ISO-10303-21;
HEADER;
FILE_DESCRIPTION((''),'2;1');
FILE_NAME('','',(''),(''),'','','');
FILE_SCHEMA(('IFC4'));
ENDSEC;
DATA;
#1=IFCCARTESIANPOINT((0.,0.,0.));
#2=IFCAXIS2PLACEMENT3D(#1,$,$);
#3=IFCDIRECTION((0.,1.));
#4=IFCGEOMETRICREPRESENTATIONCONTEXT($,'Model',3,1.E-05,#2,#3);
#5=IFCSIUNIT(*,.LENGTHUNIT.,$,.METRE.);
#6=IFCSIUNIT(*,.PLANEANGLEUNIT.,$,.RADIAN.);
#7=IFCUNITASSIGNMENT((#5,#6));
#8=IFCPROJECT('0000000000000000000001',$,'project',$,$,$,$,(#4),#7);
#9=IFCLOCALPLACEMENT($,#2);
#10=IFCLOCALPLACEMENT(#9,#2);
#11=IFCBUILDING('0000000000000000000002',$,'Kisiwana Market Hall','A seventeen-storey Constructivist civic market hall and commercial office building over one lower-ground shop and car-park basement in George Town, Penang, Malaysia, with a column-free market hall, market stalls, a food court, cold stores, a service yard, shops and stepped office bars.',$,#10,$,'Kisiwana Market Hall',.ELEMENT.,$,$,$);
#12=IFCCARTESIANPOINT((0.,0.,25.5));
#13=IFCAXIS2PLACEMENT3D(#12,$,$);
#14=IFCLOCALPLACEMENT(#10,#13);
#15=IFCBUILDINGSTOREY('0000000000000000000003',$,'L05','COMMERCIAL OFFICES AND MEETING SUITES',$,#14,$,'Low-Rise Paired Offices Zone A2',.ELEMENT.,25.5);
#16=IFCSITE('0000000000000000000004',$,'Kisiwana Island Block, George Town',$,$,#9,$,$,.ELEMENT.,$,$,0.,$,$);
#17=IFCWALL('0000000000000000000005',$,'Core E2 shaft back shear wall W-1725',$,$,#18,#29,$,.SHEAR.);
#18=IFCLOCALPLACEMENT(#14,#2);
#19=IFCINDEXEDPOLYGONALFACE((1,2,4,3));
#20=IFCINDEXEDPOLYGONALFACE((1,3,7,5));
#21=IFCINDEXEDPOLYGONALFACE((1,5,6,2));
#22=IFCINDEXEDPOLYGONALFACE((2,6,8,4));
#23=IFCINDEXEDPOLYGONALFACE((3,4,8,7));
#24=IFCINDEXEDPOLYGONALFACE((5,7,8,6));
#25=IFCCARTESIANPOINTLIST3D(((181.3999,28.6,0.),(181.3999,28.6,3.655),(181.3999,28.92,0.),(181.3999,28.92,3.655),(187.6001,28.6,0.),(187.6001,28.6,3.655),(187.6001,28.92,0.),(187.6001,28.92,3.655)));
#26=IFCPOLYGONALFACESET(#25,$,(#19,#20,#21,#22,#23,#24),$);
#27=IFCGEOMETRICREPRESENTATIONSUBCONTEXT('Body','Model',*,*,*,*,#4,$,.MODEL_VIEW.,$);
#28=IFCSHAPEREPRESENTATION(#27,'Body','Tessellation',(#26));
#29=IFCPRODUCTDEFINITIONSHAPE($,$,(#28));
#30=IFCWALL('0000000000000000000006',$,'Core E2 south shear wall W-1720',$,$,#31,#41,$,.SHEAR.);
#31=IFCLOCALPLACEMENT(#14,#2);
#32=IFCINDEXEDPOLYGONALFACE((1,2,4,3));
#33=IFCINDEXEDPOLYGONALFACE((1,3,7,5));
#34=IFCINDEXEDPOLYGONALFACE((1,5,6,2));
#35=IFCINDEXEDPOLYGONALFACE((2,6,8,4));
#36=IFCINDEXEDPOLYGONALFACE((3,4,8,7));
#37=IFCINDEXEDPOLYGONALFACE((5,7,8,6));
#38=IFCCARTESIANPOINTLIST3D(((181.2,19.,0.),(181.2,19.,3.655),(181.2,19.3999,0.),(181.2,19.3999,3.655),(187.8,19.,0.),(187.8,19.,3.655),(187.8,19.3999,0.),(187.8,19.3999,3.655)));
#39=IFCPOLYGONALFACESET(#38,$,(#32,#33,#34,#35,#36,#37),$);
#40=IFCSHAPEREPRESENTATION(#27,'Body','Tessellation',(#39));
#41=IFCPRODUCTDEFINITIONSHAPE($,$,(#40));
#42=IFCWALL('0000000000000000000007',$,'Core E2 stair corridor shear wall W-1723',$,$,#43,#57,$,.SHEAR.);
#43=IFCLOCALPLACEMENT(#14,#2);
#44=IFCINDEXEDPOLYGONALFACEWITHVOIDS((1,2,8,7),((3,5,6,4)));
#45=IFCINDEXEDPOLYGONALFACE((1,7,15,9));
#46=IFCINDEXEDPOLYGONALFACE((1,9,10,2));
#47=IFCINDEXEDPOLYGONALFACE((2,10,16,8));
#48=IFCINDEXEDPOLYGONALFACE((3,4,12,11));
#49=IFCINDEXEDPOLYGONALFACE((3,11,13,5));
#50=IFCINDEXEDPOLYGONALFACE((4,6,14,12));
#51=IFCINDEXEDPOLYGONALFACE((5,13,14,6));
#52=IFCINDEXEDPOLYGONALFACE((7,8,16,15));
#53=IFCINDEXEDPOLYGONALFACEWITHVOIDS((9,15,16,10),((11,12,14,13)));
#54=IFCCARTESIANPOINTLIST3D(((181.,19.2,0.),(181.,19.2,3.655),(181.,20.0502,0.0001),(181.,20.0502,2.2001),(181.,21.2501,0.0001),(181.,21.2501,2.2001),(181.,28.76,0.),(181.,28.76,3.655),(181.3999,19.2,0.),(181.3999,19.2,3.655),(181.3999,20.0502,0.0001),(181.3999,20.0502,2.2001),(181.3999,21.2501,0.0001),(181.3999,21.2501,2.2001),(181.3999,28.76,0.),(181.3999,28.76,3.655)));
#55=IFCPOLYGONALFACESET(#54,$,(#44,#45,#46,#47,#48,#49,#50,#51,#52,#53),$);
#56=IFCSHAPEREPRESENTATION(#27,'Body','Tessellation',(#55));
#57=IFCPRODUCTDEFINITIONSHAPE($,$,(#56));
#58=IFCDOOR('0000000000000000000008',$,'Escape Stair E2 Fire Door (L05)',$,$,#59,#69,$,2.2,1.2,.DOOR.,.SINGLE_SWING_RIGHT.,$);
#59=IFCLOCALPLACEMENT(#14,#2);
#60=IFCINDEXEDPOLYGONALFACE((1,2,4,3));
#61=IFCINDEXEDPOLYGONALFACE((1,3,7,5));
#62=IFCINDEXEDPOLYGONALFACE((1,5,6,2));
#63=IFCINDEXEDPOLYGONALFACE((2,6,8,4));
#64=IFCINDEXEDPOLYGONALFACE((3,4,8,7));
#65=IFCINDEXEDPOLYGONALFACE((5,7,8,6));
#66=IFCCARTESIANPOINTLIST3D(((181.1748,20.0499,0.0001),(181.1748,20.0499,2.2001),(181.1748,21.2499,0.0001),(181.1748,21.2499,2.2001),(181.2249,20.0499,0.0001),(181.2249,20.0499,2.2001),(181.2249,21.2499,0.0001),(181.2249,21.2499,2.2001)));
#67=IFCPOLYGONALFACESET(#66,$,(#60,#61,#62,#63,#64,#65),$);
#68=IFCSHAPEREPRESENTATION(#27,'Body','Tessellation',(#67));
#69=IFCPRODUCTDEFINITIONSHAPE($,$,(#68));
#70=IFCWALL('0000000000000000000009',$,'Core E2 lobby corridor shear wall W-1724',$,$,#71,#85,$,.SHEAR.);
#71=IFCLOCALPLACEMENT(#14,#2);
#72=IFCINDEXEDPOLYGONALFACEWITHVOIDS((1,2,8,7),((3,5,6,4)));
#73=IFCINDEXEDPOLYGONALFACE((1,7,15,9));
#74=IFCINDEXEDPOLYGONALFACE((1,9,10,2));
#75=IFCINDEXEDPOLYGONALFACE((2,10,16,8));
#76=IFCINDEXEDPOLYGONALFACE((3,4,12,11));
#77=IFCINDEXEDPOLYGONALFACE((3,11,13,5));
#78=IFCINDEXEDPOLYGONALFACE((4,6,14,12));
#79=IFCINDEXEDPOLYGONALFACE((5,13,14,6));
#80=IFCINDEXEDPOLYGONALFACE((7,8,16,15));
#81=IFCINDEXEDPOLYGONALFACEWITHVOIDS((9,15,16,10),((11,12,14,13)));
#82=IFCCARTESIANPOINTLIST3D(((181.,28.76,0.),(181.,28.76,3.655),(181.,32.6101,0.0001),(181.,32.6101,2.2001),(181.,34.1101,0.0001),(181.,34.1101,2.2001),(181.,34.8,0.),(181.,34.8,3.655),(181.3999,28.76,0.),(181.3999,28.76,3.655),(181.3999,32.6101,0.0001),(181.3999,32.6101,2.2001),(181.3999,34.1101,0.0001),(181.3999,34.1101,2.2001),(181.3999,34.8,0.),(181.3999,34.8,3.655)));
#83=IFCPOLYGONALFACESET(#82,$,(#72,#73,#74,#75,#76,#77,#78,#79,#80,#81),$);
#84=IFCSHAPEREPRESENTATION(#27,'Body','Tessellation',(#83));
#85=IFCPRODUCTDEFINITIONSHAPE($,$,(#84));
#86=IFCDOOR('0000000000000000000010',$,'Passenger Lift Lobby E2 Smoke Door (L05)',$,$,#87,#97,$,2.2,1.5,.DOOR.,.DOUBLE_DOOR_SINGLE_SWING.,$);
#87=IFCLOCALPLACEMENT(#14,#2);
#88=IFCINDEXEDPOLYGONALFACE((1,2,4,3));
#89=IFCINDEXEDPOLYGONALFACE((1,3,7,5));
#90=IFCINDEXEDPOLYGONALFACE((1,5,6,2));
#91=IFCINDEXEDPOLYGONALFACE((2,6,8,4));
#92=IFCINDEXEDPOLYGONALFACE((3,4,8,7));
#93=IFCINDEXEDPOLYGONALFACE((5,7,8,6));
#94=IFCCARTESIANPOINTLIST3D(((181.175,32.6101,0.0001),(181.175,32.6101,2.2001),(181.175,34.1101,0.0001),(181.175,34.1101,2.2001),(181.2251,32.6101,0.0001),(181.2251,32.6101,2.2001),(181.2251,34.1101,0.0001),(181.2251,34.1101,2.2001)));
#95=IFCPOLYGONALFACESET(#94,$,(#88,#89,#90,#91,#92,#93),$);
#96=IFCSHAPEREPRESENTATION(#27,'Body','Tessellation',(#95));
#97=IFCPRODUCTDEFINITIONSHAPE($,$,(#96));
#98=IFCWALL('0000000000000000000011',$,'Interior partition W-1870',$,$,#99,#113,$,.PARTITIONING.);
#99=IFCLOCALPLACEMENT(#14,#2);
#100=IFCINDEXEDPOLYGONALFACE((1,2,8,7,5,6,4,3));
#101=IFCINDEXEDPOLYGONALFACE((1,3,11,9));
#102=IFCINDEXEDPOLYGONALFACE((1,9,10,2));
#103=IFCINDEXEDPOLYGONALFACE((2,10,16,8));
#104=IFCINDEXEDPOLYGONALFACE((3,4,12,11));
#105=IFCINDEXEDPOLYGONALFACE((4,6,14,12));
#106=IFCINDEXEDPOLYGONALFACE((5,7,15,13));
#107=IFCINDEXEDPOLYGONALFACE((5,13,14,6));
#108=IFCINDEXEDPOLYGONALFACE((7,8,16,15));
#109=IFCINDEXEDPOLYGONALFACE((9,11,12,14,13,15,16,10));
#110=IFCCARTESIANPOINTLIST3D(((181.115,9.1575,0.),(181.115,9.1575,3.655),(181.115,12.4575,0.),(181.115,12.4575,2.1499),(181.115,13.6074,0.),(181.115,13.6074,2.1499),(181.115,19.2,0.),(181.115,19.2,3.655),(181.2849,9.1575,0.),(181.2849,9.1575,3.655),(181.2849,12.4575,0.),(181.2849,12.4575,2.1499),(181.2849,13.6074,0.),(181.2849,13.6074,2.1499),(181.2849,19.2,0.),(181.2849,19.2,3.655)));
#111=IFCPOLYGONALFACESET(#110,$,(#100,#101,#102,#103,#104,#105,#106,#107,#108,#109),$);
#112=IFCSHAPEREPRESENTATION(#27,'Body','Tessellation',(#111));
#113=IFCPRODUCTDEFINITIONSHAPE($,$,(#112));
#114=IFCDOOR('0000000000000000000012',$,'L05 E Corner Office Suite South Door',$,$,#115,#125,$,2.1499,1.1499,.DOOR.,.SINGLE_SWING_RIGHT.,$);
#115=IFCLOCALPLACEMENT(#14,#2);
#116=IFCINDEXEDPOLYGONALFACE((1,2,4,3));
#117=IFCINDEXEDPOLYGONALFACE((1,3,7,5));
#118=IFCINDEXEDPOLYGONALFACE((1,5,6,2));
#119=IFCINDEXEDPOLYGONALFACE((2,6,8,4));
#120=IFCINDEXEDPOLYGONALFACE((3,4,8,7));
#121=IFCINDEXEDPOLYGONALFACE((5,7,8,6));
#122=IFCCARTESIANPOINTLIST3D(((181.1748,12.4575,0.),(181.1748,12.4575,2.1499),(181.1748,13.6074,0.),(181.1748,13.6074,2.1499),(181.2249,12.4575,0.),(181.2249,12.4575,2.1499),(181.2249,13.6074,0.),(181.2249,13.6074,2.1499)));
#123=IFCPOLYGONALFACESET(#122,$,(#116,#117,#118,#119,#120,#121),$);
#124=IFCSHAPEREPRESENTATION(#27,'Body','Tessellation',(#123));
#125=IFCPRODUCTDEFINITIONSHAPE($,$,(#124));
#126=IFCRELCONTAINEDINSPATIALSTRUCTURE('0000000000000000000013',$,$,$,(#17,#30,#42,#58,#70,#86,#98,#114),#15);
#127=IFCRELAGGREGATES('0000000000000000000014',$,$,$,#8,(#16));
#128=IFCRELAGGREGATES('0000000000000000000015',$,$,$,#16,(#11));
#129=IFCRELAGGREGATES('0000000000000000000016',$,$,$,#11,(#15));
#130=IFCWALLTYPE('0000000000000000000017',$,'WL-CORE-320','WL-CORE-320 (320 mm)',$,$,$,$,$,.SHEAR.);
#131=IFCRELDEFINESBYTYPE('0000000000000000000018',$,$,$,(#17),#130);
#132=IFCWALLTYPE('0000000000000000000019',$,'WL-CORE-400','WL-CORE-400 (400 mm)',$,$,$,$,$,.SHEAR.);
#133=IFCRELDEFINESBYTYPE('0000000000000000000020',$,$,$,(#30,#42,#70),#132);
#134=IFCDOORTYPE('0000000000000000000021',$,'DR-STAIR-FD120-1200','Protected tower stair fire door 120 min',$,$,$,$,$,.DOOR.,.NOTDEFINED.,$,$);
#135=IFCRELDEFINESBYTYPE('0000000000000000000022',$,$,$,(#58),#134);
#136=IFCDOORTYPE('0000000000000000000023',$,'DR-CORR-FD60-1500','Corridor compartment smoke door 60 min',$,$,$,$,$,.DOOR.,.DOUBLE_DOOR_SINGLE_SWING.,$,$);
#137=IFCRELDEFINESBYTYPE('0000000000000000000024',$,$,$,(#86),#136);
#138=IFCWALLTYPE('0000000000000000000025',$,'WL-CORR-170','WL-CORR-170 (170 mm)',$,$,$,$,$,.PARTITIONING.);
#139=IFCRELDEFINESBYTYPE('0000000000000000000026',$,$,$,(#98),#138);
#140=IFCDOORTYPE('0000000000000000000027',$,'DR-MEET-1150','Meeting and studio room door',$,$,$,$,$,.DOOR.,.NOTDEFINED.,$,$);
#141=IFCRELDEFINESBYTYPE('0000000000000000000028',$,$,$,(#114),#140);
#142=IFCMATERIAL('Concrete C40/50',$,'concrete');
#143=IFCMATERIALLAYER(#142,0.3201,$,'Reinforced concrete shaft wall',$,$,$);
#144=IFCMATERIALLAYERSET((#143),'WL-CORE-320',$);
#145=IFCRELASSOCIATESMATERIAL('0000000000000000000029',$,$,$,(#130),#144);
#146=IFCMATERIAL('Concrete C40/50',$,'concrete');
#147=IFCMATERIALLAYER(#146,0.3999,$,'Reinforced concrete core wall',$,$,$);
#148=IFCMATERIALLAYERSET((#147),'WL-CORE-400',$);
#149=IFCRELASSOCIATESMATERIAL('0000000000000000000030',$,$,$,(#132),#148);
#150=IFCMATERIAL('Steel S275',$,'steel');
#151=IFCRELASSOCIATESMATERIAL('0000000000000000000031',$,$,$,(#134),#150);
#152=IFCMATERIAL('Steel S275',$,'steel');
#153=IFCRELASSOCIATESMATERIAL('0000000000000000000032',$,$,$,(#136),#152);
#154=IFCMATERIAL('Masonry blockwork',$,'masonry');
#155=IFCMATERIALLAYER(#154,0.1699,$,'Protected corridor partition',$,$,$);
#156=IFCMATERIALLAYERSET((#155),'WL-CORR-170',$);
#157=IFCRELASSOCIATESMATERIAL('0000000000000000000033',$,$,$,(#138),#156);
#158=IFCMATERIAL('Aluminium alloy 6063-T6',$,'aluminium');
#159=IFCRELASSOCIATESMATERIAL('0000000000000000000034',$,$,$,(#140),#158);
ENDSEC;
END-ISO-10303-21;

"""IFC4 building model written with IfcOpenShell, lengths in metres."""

from ifc_helpers import new_model, si_unit, direction, frame, frame_2d, origin, place, context, subcontext, project, spatial, rectangle, extrude, material, layer, layer_set, type_object, element, fill, save


model = new_model("IFC4")

# Units and contexts
model_context = context("Model", 3, precision=1e-05, world=origin(), true_north=direction((0.0, 1.0)))
body_context = subcontext(model_context, "Body", "Model", "MODEL_VIEW")
ifc_project = project(units=[si_unit("LENGTHUNIT", "METRE"), si_unit("PLANEANGLEUNIT", "RADIAN")], contexts=[model_context])

# Site, building, storey
site_placement = place(None, origin())
site = spatial("IfcSite", under=ifc_project, at=site_placement, Name="Kisiwana Island Block, George Town", CompositionType="ELEMENT", RefElevation=0.0)
building_placement = place(site_placement, origin())
building = spatial("IfcBuilding", under=site, at=building_placement, Name="Kisiwana Market Hall", Description="A seventeen-storey Constructivist civic market hall and commercial office building over one lower-ground shop and car-park basement in George Town, Penang, Malaysia, with a column-free market hall, market stalls, a food court, cold stores, a service yard, shops and stepped office bars.", LongName="Kisiwana Market Hall", CompositionType="ELEMENT")
storey_placement = place(building_placement, frame((0.0, 0.0, 25.5)))
storey = spatial("IfcBuildingStorey", under=building, at=storey_placement, Name="L05", Description="COMMERCIAL OFFICES AND MEETING SUITES", LongName="Low-Rise Paired Offices Zone A2", CompositionType="ELEMENT", Elevation=25.5)

# Walls
ifc_material_1 = material(Name="Concrete C40/50", Category="concrete")
ifc_layer_1 = layer(ifc_material_1, 0.3201, Name="Reinforced concrete shaft wall")
ifc_layer_set_1 = layer_set([ifc_layer_1], Name="WL-CORE-320")
wall_type_1 = type_object("IfcWallType", Name="WL-CORE-320", Description="WL-CORE-320 (320 mm)", PredefinedType="SHEAR", material=ifc_layer_set_1)
wall_1_placement = place(storey_placement, frame((181.3999, 28.76, 0.0), z_axis=(0.0, 0.0, 1.0), x_axis=(1.0, 0.0, 0.0)))
element("IfcWall", 1, at=wall_1_placement, inside=storey, type_object=wall_type_1, Name="Core E2 shaft back shear wall W-1725", PredefinedType="SHEAR", context=body_context, shape_type="SweptSolid", body=[
    extrude(rectangle(XDim=6.2002, YDim=0.3201, at=frame_2d((3.1001, 0.0))), origin(), (0.0, 0.0, 1.0), 3.655),
])
ifc_material_2 = material(Name="Concrete C40/50", Category="concrete")
ifc_layer_2 = layer(ifc_material_2, 0.3999, Name="Reinforced concrete core wall")
ifc_layer_set_2 = layer_set([ifc_layer_2], Name="WL-CORE-400")
wall_type_2 = type_object("IfcWallType", Name="WL-CORE-400", Description="WL-CORE-400 (400 mm)", PredefinedType="SHEAR", material=ifc_layer_set_2)
wall_2_placement = place(storey_placement, frame((181.2, 19.2, 0.0), z_axis=(0.0, 0.0, 1.0), x_axis=(1.0, 0.0, 0.0)))
element("IfcWall", 2, at=wall_2_placement, inside=storey, type_object=wall_type_2, Name="Core E2 south shear wall W-1720", PredefinedType="SHEAR", context=body_context, shape_type="SweptSolid", body=[
    extrude(rectangle(XDim=6.6001, YDim=0.3999, at=frame_2d((3.3, 0.0))), origin(), (0.0, 0.0, 1.0), 3.655),
])

# Walls, openings, doors
wall_3_placement = place(storey_placement, frame((181.2, 19.2, 0.0), z_axis=(0.0, 0.0, 1.0), x_axis=(0.0, 1.0, 0.0)))
wall_3 = element("IfcWall", 3, at=wall_3_placement, inside=storey, type_object=wall_type_2, Name="Core E2 stair corridor shear wall W-1723", PredefinedType="SHEAR", context=body_context, shape_type="SweptSolid", body=[
    extrude(rectangle(XDim=9.5601, YDim=0.3999, at=frame_2d((4.78, 0.0))), origin(), (0.0, 0.0, 1.0), 3.655),
])
opening_1_placement = place(wall_3_placement, frame((0.8501, 0.0, 0.0)))
opening_1 = element("IfcOpeningElement", 4, at=opening_1_placement, cuts=wall_3, PredefinedType="OPENING", context=body_context, shape_type="SweptSolid", body=[
    extrude(rectangle(XDim=1.2, YDim=2.2, at=frame_2d((0.6001, 1.1001))), frame((0.0, 0.2119, 0.0), z_axis=(0.0, -1.0, 0.0), x_axis=(1.0, 0.0, 0.0)), (0.0, 0.0, 1.0), 0.4238),
])
ifc_material_3 = material(Name="Steel S275", Category="steel")
door_type_1 = type_object("IfcDoorType", Name="DR-STAIR-FD120-1200", Description="Protected tower stair fire door 120 min", OperationType="NOTDEFINED", PredefinedType="DOOR", material=ifc_material_3)
door_1_placement = place(opening_1_placement, frame((1.2, 0.0, 0.0), z_axis=(0.0, 0.0, 1.0), x_axis=(-1.0, 0.0, 0.0)))
door_1 = element("IfcDoor", 5, at=door_1_placement, inside=storey, type_object=door_type_1, Name="Escape Stair E2 Fire Door (L05)", OperationType="SINGLE_SWING_RIGHT", OverallHeight=2.2, OverallWidth=1.2, PredefinedType="DOOR", context=body_context, shape_type="SweptSolid", body=[
    extrude(rectangle(XDim=1.2, YDim=2.2, at=frame_2d((0.6001, 1.1001))), frame((0.0, 0.0249, 0.0), z_axis=(0.0, -1.0, 0.0), x_axis=(1.0, 0.0, 0.0)), (0.0, 0.0, 1.0), 0.05),
])
fill(opening_1, door_1)
wall_4_placement = place(storey_placement, frame((181.2, 28.76, 0.0), z_axis=(0.0, 0.0, 1.0), x_axis=(0.0, 1.0, 0.0)))
wall_4 = element("IfcWall", 6, at=wall_4_placement, inside=storey, type_object=wall_type_2, Name="Core E2 lobby corridor shear wall W-1724", PredefinedType="SHEAR", context=body_context, shape_type="SweptSolid", body=[
    extrude(rectangle(XDim=6.04, YDim=0.3999, at=frame_2d((3.02, 0.0))), origin(), (0.0, 0.0, 1.0), 3.655),
])
opening_2_placement = place(wall_4_placement, frame((3.8501, 0.0, 0.0)))
opening_2 = element("IfcOpeningElement", 7, at=opening_2_placement, cuts=wall_4, PredefinedType="OPENING", context=body_context, shape_type="SweptSolid", body=[
    extrude(rectangle(XDim=1.5, YDim=2.2, at=frame_2d((0.75, 1.1001))), frame((0.0, 0.2119, 0.0), z_axis=(0.0, -1.0, 0.0), x_axis=(1.0, 0.0, 0.0)), (0.0, 0.0, 1.0), 0.4238),
])
ifc_material_4 = material(Name="Steel S275", Category="steel")
door_type_2 = type_object("IfcDoorType", Name="DR-CORR-FD60-1500", Description="Corridor compartment smoke door 60 min", OperationType="DOUBLE_DOOR_SINGLE_SWING", PredefinedType="DOOR", material=ifc_material_4)
door_2_placement = place(opening_2_placement, origin())
door_2 = element("IfcDoor", 8, at=door_2_placement, inside=storey, type_object=door_type_2, Name="Passenger Lift Lobby E2 Smoke Door (L05)", OperationType="DOUBLE_DOOR_SINGLE_SWING", OverallHeight=2.2, OverallWidth=1.5, PredefinedType="DOOR", context=body_context, shape_type="SweptSolid", body=[
    extrude(rectangle(XDim=1.5, YDim=2.2, at=frame_2d((0.75, 1.1001))), frame((0.0, 0.0249, 0.0), z_axis=(0.0, -1.0, 0.0), x_axis=(1.0, 0.0, 0.0)), (0.0, 0.0, 1.0), 0.05),
])
fill(opening_2, door_2)
ifc_material_5 = material(Name="Masonry blockwork", Category="masonry")
ifc_layer_3 = layer(ifc_material_5, 0.1699, Name="Protected corridor partition")
ifc_layer_set_3 = layer_set([ifc_layer_3], Name="WL-CORR-170")
wall_type_3 = type_object("IfcWallType", Name="WL-CORR-170", Description="WL-CORR-170 (170 mm)", PredefinedType="PARTITIONING", material=ifc_layer_set_3)
wall_5_placement = place(storey_placement, frame((181.2, 9.1575, 0.0), z_axis=(0.0, 0.0, 1.0), x_axis=(0.0, 1.0, 0.0)))
wall_5 = element("IfcWall", 9, at=wall_5_placement, inside=storey, type_object=wall_type_3, Name="Interior partition W-1870", PredefinedType="PARTITIONING", context=body_context, shape_type="SweptSolid", body=[
    extrude(rectangle(XDim=10.0425, YDim=0.1699, at=frame_2d((5.0212, 0.0))), origin(), (0.0, 0.0, 1.0), 3.655),
])
opening_3_placement = place(wall_5_placement, frame((3.3, 0.0, 0.0)))
opening_3 = element("IfcOpeningElement", 10, at=opening_3_placement, cuts=wall_5, PredefinedType="OPENING", context=body_context, shape_type="SweptSolid", body=[
    extrude(rectangle(XDim=1.1499, YDim=2.1499, at=frame_2d((0.575, 1.075))), frame((0.0, 0.0969, 0.0), z_axis=(0.0, -1.0, 0.0), x_axis=(1.0, 0.0, 0.0)), (0.0, 0.0, 1.0), 0.1938),
])
ifc_material_6 = material(Name="Aluminium alloy 6063-T6", Category="aluminium")
door_type_3 = type_object("IfcDoorType", Name="DR-MEET-1150", Description="Meeting and studio room door", OperationType="NOTDEFINED", PredefinedType="DOOR", material=ifc_material_6)
door_3_placement = place(opening_3_placement, frame((1.1499, 0.0, 0.0), z_axis=(0.0, 0.0, 1.0), x_axis=(-1.0, 0.0, 0.0)))
door_3 = element("IfcDoor", 11, at=door_3_placement, inside=storey, type_object=door_type_3, Name="L05 E Corner Office Suite South Door", OperationType="SINGLE_SWING_RIGHT", OverallHeight=2.1499, OverallWidth=1.1499, PredefinedType="DOOR", context=body_context, shape_type="SweptSolid", body=[
    extrude(rectangle(XDim=1.1499, YDim=2.1499, at=frame_2d((0.575, 1.075))), frame((0.0, 0.0249, 0.0), z_axis=(0.0, -1.0, 0.0), x_axis=(1.0, 0.0, 0.0)), (0.0, 0.0, 1.0), 0.05),
])
fill(opening_3, door_3)

save(model, "model.ifc")
